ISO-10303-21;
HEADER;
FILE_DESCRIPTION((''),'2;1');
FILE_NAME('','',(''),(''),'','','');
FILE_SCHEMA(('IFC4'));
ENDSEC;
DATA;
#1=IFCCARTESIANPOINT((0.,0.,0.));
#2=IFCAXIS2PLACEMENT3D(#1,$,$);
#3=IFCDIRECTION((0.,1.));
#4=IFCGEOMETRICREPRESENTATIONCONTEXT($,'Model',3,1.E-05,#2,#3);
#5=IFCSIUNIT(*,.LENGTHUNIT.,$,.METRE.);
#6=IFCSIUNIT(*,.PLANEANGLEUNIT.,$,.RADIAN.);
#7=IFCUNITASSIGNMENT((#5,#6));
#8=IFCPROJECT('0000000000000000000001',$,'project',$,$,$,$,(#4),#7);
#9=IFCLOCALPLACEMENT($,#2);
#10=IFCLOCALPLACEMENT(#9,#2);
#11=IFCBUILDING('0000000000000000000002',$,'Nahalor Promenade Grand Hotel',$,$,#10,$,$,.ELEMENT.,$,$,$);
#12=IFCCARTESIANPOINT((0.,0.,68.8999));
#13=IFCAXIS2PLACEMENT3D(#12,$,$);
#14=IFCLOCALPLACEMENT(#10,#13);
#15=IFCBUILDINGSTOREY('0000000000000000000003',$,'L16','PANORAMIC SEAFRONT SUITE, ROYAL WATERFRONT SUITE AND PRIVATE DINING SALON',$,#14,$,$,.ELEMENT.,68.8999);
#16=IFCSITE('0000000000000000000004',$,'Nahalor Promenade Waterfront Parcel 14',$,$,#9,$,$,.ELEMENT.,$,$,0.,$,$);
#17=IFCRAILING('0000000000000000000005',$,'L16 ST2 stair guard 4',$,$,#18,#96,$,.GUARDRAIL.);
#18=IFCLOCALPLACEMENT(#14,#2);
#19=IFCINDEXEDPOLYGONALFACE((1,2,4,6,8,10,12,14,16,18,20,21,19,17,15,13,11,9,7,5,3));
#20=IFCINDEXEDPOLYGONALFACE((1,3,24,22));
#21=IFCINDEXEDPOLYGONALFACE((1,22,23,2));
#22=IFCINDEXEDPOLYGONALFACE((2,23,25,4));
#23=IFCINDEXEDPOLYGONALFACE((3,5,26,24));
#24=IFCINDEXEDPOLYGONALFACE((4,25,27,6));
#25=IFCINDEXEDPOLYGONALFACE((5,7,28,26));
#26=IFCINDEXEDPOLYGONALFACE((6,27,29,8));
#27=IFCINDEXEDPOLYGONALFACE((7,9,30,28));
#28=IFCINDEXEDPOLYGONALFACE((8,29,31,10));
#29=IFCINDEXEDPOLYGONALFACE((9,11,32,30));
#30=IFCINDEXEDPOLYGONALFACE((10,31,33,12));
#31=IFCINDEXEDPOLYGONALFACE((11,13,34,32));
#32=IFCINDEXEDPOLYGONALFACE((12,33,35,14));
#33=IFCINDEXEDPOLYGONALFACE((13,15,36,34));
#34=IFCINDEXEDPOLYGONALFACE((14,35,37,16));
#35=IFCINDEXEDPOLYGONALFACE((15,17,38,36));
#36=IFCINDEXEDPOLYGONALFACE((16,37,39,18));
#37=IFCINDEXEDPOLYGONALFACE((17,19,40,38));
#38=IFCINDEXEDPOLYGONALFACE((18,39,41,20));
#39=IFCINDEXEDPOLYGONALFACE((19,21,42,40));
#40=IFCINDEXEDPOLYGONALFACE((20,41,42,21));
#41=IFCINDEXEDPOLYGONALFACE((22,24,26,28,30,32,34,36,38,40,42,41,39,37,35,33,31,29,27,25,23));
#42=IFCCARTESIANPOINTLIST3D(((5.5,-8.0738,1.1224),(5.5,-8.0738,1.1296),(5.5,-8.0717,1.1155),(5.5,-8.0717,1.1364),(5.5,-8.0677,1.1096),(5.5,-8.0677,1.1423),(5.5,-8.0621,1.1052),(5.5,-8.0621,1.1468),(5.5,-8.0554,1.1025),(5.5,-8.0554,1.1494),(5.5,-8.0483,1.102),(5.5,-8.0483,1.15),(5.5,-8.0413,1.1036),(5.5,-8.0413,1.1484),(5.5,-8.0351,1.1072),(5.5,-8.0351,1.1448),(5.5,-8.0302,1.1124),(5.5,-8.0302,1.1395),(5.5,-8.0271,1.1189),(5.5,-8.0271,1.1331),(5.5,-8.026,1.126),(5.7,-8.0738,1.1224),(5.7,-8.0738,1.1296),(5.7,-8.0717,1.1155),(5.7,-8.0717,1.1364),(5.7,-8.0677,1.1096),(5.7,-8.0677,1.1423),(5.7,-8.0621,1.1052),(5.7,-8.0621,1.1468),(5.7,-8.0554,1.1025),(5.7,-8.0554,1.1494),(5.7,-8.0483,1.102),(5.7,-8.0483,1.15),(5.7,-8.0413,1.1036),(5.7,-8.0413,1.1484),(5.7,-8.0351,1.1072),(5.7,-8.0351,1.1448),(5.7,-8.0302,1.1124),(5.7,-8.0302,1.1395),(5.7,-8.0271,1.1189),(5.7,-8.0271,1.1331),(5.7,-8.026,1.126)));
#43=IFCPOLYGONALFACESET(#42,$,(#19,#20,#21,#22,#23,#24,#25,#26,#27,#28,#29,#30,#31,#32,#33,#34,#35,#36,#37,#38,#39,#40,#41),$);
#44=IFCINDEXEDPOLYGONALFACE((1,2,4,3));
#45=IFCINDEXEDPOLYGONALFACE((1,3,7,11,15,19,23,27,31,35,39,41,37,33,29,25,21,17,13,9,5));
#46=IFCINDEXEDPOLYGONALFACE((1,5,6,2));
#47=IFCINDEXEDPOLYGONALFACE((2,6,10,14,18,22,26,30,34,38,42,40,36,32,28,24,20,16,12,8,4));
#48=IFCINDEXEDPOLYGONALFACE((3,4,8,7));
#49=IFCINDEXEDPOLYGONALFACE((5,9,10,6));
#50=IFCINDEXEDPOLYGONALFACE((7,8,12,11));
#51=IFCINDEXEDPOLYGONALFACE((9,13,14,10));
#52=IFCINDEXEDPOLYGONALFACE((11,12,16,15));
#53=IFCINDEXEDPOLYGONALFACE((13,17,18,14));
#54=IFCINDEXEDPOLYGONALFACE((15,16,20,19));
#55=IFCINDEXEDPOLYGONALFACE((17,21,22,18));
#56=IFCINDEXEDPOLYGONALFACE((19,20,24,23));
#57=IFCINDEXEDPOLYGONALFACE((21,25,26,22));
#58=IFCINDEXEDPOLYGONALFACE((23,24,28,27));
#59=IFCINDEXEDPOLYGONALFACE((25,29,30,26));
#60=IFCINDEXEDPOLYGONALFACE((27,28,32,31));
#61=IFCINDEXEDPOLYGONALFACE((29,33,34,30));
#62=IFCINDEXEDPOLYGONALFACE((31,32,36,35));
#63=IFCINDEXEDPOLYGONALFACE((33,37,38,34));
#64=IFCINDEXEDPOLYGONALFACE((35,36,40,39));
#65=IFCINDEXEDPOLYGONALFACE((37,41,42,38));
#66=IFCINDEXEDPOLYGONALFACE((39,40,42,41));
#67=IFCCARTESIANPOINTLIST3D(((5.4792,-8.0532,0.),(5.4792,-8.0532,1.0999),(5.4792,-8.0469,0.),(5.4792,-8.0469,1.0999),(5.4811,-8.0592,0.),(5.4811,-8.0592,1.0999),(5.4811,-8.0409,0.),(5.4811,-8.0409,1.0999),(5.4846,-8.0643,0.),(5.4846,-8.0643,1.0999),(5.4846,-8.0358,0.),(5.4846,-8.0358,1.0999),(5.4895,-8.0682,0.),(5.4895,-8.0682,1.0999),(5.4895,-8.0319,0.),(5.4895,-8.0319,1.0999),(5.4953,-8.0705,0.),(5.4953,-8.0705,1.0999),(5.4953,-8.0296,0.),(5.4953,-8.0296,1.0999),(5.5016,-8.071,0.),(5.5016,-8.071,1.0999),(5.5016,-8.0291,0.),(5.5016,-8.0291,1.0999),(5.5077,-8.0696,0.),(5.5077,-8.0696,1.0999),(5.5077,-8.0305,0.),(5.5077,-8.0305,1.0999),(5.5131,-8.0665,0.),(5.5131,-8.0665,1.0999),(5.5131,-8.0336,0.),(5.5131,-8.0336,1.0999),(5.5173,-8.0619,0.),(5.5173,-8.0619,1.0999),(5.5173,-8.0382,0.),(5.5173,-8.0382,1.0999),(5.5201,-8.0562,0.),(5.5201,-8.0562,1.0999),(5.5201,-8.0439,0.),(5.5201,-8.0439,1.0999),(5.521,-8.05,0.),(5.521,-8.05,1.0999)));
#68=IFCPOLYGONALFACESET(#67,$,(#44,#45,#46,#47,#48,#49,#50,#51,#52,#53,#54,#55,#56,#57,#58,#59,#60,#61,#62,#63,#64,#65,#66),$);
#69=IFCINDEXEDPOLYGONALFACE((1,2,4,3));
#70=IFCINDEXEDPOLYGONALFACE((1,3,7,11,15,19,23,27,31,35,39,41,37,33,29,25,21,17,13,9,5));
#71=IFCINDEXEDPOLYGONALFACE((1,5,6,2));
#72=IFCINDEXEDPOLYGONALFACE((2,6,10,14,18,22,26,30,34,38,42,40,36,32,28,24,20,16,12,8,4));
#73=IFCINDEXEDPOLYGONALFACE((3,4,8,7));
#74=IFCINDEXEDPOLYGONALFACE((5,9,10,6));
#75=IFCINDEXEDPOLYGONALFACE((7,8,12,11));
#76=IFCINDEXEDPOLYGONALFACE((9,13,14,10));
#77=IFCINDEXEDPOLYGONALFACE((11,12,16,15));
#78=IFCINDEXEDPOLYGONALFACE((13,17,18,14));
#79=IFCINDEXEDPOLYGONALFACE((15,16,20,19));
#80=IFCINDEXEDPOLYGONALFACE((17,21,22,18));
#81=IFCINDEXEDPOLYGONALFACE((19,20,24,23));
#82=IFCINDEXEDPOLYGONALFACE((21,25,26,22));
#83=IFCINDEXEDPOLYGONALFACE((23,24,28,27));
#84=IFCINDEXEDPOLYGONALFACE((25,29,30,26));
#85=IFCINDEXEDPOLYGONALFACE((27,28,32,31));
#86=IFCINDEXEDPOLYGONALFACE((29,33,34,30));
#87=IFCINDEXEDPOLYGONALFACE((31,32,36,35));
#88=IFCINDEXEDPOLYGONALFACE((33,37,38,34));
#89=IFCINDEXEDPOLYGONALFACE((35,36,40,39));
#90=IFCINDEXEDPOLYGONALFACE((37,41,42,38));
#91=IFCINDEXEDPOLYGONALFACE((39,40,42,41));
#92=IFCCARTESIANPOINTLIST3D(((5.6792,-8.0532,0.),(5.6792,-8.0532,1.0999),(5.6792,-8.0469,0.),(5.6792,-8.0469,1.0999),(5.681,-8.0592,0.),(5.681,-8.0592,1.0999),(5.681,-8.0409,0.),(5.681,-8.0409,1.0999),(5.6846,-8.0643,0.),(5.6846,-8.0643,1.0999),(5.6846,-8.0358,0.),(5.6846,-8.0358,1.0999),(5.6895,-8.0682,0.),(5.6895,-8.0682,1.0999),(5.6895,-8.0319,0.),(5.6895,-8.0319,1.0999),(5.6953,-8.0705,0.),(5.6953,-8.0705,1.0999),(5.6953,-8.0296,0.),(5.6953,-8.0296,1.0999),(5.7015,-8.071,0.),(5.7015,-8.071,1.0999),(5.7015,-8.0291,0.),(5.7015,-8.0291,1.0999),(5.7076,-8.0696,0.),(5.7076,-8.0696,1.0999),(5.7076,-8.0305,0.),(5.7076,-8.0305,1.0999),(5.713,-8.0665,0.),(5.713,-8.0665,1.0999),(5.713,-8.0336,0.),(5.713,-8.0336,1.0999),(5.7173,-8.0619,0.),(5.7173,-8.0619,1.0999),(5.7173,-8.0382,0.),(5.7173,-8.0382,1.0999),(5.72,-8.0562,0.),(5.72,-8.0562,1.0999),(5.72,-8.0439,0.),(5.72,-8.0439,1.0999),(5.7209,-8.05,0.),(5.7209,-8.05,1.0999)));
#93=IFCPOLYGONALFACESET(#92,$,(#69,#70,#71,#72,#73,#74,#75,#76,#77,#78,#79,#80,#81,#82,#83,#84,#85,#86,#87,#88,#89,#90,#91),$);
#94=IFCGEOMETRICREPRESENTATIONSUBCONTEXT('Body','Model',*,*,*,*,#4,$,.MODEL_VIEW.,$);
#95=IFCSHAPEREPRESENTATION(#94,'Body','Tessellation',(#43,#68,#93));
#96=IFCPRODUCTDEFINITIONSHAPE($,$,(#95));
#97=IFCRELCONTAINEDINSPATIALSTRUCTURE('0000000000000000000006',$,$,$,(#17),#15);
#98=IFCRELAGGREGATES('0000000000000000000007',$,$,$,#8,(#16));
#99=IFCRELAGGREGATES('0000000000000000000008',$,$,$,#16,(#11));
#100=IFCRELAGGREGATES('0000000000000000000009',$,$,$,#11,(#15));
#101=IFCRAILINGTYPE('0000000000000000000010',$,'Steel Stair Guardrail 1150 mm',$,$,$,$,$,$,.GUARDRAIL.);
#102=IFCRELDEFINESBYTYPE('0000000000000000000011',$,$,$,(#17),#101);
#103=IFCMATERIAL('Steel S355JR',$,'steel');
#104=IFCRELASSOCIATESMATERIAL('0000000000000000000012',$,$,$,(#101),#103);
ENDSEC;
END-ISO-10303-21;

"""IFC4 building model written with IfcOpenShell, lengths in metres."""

from ifc_helpers import new_model, si_unit, direction, frame, origin, origin_2d, place, context, subcontext, project, spatial, circle, extrude, material, type_object, element, save


model = new_model("IFC4")

# Units and contexts
model_context = context("Model", 3, precision=1e-05, world=origin(), true_north=direction((0.0, 1.0)))
body_context = subcontext(model_context, "Body", "Model", "MODEL_VIEW")
ifc_project = project(units=[si_unit("LENGTHUNIT", "METRE"), si_unit("PLANEANGLEUNIT", "RADIAN")], contexts=[model_context])

# Site, building, storey
site_placement = place(None, origin())
site = spatial("IfcSite", under=ifc_project, at=site_placement, Name="Nahalor Promenade Waterfront Parcel 14", CompositionType="ELEMENT", RefElevation=0.0)
building_placement = place(site_placement, origin())
building = spatial("IfcBuilding", under=site, at=building_placement, Name="Nahalor Promenade Grand Hotel", CompositionType="ELEMENT")
storey_placement = place(building_placement, frame((0.0, 0.0, 68.8999)))
storey = spatial("IfcBuildingStorey", under=building, at=storey_placement, Name="L16", Description="PANORAMIC SEAFRONT SUITE, ROYAL WATERFRONT SUITE AND PRIVATE DINING SALON", CompositionType="ELEMENT", Elevation=68.8999)

# Shared definitions
ifc_material_1 = material(Name="Steel S355JR", Category="steel")

# Railing
railing_type_1 = type_object("IfcRailingType", Name="Steel Stair Guardrail 1150 mm", PredefinedType="GUARDRAIL", material=ifc_material_1)
railing_1_placement = place(storey_placement, frame((5.5, -8.05, 0.0)))
element("IfcRailing", 1, at=railing_1_placement, inside=storey, type_object=railing_type_1, Name="L16 ST2 stair guard 4", PredefinedType="GUARDRAIL", context=body_context, shape_type="SweptSolid", body=[
    extrude(circle(Radius=0.024, at=origin_2d()), frame((0.0, 0.0, 1.126), z_axis=(1.0, 0.0, 0.0), x_axis=(0.0, 1.0, 0.0)), (0.0, 0.0, 1.0), 0.2),
    extrude(circle(Radius=0.021, at=origin_2d()), origin(), (0.0, 0.0, 1.0), 1.0999),
    extrude(circle(Radius=0.021, at=origin_2d()), frame((0.2, 0.0, 0.0)), (0.0, 0.0, 1.0), 1.0999),
])

save(model, "model.ifc")
